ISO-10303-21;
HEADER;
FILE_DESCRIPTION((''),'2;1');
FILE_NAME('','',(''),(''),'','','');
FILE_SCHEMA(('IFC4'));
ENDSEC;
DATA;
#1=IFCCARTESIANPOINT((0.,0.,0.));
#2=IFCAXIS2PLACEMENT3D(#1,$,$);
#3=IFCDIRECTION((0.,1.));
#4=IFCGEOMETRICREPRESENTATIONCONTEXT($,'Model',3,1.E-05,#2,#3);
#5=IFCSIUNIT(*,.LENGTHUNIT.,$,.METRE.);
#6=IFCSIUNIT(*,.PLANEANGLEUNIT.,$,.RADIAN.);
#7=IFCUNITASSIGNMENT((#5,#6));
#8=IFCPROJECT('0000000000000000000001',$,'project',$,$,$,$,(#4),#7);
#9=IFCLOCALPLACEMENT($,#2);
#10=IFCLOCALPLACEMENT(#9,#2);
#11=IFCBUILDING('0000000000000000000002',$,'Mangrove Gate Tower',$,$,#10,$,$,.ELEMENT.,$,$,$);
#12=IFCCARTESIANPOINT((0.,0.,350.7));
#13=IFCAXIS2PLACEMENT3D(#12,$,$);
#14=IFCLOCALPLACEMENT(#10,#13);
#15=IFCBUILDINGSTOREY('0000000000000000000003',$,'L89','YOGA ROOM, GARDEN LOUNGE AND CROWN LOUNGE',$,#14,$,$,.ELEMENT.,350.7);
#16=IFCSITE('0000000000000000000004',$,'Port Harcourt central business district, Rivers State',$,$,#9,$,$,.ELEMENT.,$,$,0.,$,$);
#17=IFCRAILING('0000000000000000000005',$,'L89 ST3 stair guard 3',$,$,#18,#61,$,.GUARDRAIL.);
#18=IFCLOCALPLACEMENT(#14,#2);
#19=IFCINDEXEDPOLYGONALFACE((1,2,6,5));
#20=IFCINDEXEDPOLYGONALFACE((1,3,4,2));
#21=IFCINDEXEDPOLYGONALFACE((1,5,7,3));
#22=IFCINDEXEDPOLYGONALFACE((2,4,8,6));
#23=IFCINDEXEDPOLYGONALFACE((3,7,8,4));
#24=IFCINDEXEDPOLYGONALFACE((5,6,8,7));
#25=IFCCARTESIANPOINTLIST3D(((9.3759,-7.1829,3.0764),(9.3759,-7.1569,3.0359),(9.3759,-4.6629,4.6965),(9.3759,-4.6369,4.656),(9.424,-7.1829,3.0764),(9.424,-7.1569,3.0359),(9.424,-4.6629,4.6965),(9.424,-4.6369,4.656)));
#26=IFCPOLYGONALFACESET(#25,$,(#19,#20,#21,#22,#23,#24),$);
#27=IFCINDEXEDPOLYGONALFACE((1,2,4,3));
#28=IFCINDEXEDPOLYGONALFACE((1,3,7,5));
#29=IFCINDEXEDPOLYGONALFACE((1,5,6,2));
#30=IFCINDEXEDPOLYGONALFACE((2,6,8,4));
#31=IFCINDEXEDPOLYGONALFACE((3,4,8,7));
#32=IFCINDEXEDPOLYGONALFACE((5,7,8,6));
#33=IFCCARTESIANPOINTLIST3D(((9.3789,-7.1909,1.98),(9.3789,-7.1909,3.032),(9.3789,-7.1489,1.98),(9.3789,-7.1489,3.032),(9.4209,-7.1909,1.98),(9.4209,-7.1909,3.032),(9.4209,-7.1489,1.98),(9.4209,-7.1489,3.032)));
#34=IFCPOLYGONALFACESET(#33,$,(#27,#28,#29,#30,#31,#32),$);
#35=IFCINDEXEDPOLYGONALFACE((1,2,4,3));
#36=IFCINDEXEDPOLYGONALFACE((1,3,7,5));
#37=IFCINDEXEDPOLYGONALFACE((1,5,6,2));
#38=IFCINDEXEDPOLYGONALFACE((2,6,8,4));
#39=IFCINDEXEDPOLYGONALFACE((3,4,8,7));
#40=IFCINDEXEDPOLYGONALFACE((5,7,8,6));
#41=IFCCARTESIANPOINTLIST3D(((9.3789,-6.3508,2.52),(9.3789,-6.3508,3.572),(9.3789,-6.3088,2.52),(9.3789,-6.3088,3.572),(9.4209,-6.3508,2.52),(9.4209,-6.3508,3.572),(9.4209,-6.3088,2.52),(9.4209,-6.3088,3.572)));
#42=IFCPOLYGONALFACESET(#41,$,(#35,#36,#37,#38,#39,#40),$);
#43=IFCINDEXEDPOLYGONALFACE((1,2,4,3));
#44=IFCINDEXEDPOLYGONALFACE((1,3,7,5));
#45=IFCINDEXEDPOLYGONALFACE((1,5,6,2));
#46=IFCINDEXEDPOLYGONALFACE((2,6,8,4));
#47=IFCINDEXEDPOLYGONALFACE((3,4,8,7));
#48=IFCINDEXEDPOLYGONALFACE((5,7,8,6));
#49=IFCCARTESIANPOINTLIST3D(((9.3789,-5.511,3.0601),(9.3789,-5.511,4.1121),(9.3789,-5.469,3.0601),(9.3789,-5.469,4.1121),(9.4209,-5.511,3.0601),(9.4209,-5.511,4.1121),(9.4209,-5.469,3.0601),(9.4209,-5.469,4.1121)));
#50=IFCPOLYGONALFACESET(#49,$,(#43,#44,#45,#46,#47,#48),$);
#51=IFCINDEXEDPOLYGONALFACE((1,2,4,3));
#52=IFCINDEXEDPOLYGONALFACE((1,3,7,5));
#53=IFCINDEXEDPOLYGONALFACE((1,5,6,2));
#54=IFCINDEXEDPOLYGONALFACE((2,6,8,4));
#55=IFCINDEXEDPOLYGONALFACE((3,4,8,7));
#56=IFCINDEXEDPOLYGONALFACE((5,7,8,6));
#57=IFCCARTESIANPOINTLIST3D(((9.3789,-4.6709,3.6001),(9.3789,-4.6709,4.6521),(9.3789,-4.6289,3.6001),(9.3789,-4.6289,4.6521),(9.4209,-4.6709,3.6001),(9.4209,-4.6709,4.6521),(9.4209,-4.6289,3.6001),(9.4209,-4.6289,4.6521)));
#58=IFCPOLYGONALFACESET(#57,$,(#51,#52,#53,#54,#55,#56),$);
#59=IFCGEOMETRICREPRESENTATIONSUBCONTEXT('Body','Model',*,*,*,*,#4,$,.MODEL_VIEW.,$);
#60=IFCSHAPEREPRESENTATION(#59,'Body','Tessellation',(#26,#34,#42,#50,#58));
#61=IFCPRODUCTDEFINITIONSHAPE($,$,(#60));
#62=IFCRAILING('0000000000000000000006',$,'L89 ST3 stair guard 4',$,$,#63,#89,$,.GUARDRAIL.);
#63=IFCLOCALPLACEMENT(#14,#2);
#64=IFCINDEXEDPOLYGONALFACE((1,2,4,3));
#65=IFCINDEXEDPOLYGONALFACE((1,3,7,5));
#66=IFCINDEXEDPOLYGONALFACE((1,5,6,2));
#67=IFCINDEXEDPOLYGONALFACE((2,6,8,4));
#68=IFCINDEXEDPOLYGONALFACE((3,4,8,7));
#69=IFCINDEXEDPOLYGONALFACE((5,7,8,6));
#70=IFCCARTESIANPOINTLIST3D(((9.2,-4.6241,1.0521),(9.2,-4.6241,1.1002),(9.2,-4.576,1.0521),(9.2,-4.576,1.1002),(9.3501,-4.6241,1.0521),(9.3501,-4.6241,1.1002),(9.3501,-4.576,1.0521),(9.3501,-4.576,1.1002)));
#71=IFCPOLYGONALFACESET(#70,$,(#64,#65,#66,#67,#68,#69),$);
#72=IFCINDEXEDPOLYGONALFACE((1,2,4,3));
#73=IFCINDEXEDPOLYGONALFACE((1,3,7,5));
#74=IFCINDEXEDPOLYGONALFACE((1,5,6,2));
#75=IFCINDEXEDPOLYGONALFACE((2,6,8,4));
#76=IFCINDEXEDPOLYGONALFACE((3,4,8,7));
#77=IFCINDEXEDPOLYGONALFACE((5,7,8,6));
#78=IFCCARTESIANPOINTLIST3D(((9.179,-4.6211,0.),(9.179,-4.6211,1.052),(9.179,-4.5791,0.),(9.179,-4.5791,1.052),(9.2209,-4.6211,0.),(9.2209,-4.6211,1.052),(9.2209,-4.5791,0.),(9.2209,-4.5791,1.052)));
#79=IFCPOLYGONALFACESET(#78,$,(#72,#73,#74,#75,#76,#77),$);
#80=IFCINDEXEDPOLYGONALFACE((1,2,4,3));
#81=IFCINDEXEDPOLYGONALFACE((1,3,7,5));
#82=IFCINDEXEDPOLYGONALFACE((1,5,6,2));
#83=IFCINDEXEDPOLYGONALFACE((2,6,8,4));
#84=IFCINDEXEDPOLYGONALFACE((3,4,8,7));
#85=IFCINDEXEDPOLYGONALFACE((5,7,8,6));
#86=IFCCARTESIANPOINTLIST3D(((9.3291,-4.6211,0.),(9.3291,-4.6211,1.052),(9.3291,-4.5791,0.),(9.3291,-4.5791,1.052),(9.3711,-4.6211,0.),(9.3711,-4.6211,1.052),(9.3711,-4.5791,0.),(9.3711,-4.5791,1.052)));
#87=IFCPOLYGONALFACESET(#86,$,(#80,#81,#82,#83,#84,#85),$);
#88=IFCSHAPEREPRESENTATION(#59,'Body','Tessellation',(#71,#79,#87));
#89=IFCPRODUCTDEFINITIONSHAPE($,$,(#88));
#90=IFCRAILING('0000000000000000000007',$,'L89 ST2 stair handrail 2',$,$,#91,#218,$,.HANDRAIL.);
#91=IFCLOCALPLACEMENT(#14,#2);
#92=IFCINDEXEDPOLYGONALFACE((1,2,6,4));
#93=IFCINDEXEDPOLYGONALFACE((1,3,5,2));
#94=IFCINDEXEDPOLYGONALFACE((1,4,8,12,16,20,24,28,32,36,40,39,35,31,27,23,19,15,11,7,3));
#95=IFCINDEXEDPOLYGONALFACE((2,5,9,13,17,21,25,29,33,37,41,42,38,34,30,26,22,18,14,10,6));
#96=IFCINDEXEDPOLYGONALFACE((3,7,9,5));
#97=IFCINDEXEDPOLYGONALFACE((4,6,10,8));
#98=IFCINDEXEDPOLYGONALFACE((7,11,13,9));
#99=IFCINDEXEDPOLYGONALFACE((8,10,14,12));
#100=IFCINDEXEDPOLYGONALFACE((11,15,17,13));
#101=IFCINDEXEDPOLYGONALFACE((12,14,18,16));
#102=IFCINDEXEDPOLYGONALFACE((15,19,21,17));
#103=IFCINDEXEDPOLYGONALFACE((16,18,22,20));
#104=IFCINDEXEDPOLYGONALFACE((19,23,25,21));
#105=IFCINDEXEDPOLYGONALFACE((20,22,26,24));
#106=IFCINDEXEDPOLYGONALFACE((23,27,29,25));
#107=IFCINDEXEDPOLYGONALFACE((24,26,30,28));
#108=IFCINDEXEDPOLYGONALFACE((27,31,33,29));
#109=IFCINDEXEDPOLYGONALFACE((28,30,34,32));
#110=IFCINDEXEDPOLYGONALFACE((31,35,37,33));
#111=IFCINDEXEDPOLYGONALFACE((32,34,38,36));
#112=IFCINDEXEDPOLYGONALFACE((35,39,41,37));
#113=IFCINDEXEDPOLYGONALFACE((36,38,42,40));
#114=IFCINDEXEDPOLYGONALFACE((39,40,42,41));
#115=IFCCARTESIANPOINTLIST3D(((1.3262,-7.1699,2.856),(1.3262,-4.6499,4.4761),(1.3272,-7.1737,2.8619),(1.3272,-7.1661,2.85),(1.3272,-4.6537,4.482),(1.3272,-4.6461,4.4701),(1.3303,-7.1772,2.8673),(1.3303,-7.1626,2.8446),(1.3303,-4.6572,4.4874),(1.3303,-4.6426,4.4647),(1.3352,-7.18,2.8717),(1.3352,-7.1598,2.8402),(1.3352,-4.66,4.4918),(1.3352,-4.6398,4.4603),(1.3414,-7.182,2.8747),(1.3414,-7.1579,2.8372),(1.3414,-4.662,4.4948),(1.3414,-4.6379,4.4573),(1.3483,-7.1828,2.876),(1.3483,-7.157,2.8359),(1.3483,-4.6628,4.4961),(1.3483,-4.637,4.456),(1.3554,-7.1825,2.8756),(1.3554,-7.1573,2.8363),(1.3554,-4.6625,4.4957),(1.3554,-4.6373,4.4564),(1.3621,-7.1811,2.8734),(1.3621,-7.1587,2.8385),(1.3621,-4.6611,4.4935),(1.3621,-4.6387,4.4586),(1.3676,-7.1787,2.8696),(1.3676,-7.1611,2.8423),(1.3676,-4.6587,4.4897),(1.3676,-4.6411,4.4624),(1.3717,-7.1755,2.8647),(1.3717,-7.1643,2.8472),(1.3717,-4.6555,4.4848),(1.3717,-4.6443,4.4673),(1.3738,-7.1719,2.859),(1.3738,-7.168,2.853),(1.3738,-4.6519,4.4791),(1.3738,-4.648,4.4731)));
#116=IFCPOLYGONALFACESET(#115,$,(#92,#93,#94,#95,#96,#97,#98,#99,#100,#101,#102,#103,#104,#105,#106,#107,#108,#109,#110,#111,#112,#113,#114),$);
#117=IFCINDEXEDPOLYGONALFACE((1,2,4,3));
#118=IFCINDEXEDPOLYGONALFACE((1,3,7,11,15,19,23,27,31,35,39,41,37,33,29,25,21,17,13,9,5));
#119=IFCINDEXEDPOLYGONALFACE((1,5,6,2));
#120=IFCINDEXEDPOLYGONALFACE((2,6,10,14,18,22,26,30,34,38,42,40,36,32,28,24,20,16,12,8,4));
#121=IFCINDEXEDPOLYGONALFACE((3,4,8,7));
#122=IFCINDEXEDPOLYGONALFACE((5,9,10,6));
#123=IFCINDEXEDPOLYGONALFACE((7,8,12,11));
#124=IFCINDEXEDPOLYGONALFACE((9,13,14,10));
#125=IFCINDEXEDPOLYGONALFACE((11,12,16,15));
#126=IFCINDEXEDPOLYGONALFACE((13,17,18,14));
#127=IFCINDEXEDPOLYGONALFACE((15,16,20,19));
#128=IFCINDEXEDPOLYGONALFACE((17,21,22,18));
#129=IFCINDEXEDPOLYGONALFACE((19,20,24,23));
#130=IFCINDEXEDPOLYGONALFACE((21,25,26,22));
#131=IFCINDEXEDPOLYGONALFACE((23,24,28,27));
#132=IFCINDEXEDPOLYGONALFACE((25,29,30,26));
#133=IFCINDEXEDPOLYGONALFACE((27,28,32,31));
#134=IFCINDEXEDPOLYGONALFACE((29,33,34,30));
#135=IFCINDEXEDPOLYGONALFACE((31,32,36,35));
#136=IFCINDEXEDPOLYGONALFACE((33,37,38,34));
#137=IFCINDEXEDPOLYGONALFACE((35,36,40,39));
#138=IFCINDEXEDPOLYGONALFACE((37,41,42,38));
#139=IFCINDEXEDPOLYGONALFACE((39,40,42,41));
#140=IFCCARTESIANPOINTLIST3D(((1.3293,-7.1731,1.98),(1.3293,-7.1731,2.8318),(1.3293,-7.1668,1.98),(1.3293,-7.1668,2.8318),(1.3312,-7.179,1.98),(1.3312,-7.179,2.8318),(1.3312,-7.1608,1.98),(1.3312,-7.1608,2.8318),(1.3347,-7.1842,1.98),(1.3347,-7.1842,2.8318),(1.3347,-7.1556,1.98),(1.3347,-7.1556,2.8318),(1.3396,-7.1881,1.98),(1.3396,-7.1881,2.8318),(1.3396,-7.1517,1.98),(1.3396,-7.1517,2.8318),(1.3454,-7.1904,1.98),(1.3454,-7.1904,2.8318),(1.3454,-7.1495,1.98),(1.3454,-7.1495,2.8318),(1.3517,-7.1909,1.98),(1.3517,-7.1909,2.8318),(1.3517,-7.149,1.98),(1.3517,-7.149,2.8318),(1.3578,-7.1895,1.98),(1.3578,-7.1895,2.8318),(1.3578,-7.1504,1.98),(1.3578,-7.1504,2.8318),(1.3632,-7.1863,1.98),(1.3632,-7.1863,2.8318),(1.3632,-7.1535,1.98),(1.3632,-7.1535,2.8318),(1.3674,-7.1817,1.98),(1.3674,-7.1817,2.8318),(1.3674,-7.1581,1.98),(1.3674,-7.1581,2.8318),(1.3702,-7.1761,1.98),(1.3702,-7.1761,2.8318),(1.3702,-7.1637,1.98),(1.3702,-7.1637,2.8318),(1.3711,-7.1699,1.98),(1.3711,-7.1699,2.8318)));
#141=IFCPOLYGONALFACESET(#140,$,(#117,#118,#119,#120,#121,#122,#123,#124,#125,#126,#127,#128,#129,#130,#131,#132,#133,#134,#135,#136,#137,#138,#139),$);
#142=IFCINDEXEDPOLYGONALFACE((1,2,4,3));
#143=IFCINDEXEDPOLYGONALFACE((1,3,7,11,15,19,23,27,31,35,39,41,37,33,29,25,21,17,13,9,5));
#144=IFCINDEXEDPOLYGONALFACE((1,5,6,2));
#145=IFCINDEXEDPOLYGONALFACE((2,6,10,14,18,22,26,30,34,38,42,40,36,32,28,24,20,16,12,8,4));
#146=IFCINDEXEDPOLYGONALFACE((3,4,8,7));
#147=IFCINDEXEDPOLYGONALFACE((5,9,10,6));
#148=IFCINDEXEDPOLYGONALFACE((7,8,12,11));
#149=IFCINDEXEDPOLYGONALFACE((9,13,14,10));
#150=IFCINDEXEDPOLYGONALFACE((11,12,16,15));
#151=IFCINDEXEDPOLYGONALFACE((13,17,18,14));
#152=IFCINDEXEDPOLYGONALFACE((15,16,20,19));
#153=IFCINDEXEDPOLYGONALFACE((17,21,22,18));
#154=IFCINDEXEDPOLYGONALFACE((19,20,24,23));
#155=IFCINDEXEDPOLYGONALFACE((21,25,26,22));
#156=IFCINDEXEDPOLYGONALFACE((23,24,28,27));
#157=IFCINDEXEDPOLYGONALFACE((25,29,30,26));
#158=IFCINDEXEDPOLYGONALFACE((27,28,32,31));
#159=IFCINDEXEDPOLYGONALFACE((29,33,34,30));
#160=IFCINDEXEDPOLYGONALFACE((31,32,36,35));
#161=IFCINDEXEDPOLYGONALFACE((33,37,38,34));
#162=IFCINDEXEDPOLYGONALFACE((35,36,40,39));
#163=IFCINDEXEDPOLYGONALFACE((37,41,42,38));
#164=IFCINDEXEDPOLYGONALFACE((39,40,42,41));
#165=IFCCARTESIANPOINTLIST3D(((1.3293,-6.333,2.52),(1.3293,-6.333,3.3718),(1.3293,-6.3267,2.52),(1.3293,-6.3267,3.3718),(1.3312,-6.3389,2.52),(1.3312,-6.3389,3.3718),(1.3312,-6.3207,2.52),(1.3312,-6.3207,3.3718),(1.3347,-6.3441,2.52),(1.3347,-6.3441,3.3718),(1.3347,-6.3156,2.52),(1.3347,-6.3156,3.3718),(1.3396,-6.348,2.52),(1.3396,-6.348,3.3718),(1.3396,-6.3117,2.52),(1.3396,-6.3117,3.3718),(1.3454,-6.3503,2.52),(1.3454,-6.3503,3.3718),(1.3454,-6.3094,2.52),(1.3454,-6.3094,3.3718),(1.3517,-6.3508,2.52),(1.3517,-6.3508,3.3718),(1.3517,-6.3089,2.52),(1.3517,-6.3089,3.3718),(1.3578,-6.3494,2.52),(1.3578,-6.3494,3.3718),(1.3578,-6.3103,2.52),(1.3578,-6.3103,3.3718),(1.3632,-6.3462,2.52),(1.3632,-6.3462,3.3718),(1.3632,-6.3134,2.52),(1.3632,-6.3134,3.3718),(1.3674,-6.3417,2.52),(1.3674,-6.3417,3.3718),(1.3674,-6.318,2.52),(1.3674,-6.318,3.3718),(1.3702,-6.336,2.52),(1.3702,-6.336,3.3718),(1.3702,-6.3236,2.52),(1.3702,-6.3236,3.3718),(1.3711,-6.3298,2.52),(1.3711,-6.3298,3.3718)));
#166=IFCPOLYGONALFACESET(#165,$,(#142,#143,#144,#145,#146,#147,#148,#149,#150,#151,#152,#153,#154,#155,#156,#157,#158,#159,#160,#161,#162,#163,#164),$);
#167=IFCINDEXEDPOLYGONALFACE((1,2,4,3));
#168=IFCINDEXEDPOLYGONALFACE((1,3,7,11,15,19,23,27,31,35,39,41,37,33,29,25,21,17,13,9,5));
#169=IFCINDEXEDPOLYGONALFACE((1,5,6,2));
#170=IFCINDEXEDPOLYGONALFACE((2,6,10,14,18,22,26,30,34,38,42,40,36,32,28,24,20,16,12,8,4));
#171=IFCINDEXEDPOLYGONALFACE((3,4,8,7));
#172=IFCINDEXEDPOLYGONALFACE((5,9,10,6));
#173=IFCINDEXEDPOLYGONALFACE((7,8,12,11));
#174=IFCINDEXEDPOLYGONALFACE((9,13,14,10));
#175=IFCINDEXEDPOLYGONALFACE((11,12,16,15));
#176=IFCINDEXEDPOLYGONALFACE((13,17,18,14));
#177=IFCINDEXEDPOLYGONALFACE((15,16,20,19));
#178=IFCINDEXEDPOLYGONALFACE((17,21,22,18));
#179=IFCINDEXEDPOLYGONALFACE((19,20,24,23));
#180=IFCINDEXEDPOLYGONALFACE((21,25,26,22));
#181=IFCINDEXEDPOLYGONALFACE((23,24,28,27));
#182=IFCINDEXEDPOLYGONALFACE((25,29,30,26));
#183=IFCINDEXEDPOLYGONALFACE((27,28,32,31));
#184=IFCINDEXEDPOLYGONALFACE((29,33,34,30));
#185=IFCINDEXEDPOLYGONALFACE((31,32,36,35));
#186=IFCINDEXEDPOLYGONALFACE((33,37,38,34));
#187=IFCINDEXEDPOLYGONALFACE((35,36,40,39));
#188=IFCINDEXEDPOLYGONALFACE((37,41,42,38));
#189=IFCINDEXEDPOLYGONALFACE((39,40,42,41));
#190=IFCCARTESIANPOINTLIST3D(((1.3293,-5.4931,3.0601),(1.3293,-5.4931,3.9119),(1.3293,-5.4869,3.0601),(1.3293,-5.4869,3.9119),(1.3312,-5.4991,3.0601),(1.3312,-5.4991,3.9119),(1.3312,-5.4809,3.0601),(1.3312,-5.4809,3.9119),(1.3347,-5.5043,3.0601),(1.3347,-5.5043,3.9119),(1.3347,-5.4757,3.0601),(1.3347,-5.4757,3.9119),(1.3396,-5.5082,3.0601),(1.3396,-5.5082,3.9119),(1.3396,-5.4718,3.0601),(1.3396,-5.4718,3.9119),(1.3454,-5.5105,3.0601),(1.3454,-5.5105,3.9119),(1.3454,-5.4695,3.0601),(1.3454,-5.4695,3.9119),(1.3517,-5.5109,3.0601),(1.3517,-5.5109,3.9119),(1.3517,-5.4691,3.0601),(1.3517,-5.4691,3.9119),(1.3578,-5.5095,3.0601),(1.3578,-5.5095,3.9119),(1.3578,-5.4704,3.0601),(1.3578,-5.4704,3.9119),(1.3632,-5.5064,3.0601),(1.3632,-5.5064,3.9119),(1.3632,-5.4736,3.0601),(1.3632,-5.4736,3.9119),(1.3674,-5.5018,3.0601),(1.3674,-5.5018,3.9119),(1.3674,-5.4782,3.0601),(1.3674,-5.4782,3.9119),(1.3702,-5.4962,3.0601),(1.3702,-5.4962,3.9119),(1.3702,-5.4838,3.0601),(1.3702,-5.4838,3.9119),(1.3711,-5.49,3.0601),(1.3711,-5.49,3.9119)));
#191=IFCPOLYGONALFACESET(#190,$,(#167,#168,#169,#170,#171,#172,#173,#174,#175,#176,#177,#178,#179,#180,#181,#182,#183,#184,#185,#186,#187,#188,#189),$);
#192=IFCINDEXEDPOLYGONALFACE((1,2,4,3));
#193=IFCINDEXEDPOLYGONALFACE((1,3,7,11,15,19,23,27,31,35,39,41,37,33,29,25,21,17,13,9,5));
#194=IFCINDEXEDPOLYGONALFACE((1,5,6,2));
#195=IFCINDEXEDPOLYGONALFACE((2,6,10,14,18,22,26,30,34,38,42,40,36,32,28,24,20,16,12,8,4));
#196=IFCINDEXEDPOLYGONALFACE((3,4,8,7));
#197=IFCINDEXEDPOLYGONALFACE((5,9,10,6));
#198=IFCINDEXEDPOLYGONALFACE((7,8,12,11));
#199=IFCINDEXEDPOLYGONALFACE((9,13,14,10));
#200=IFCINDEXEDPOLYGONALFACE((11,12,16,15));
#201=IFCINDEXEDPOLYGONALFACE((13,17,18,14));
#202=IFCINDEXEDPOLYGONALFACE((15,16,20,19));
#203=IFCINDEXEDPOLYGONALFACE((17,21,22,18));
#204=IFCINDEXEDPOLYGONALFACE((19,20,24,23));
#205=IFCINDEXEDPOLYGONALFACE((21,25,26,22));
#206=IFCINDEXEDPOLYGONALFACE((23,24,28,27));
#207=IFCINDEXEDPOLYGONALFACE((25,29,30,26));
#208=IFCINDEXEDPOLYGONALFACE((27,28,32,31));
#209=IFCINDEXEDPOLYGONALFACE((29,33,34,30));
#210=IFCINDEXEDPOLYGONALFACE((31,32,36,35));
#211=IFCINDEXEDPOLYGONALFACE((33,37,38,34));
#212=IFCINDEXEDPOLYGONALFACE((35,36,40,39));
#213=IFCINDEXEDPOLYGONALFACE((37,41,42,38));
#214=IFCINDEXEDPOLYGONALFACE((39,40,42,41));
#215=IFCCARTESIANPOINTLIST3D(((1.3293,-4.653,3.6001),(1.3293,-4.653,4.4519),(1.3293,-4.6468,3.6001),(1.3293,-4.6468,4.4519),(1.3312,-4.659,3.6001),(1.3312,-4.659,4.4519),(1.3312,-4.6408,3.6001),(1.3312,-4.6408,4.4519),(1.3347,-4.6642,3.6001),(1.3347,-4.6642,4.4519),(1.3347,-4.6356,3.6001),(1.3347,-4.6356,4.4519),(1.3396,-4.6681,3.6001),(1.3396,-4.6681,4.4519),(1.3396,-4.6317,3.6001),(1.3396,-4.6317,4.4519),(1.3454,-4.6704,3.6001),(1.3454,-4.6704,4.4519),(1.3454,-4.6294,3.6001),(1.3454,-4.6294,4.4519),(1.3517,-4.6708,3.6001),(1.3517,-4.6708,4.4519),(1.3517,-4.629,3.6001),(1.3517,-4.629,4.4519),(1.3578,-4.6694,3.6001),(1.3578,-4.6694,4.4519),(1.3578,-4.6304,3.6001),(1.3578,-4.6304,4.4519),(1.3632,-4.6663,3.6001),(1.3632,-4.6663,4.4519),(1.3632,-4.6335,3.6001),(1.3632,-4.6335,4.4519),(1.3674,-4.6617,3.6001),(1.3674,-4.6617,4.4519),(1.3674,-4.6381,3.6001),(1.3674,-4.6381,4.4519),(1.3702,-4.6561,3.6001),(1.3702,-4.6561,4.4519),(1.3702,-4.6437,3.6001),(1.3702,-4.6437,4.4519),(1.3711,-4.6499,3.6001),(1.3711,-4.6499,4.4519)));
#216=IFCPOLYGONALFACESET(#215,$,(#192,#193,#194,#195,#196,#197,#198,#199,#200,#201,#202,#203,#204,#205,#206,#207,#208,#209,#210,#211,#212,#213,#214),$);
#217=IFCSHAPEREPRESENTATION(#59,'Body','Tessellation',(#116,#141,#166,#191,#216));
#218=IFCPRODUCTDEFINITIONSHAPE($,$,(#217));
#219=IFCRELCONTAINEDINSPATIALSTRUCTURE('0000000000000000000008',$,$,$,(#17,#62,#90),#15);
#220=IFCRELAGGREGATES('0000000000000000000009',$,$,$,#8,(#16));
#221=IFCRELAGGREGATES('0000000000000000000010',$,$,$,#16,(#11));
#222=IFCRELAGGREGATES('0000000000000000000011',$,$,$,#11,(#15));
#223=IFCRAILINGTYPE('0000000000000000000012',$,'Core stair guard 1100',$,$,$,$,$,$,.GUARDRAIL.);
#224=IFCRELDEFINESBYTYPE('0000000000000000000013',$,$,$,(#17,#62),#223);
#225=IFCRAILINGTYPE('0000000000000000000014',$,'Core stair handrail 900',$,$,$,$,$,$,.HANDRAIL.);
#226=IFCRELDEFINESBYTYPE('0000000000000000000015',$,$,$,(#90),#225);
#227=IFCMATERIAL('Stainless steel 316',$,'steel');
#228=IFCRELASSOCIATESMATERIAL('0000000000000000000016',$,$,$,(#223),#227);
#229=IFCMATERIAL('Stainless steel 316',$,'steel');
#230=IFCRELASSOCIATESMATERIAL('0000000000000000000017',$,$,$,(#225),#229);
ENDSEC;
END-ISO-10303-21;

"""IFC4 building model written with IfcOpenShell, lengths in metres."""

from ifc_helpers import new_model, si_unit, direction, frame, origin, origin_2d, place, context, subcontext, project, spatial, rectangle, circle, extrude, material, type_object, element, save


model = new_model("IFC4")

# Units and contexts
model_context = context("Model", 3, precision=1e-05, world=origin(), true_north=direction((0.0, 1.0)))
body_context = subcontext(model_context, "Body", "Model", "MODEL_VIEW")
ifc_project = project(units=[si_unit("LENGTHUNIT", "METRE"), si_unit("PLANEANGLEUNIT", "RADIAN")], contexts=[model_context])

# Site, building, storey
site_placement = place(None, origin())
site = spatial("IfcSite", under=ifc_project, at=site_placement, Name="Port Harcourt central business district, Rivers State", CompositionType="ELEMENT", RefElevation=0.0)
building_placement = place(site_placement, origin())
building = spatial("IfcBuilding", under=site, at=building_placement, Name="Mangrove Gate Tower", CompositionType="ELEMENT")
storey_placement = place(building_placement, frame((0.0, 0.0, 350.7)))
storey = spatial("IfcBuildingStorey", under=building, at=storey_placement, Name="L89", Description="YOGA ROOM, GARDEN LOUNGE AND CROWN LOUNGE", CompositionType="ELEMENT", Elevation=350.7)

# Railings
ifc_material_1 = material(Name="Stainless steel 316", Category="steel")
railing_type_1 = type_object("IfcRailingType", Name="Core stair guard 1100", PredefinedType="GUARDRAIL", material=ifc_material_1)
railing_1_placement = place(storey_placement, frame((9.3999, -7.1699, 1.98)))
element("IfcRailing", 1, at=railing_1_placement, inside=storey, type_object=railing_type_1, Name="L89 ST3 stair guard 3", PredefinedType="GUARDRAIL", context=body_context, shape_type="SweptSolid", body=[
    extrude(rectangle(XDim=0.0481, YDim=0.0481, at=origin_2d()), frame((0.0, 0.0, 1.0762), z_axis=(0.0, 0.841163, 0.540782), x_axis=(-1.0, 0.0, 0.0)), (0.0, 0.0, 1.0), 2.9958),
    extrude(rectangle(XDim=0.042, YDim=0.042, at=origin_2d()), origin(), (0.0, 0.0, 1.0), 1.052),
    extrude(rectangle(XDim=0.042, YDim=0.042, at=origin_2d()), frame((0.0, 0.8401, 0.54)), (0.0, 0.0, 1.0), 1.052),
    extrude(rectangle(XDim=0.042, YDim=0.042, at=origin_2d()), frame((0.0, 1.6799, 1.0801)), (0.0, 0.0, 1.0), 1.052),
    extrude(rectangle(XDim=0.042, YDim=0.042, at=origin_2d()), frame((0.0, 2.52, 1.6201)), (0.0, 0.0, 1.0), 1.052),
])
railing_2_placement = place(storey_placement, frame((9.2, -4.6001, 0.0)))
element("IfcRailing", 2, at=railing_2_placement, inside=storey, type_object=railing_type_1, Name="L89 ST3 stair guard 4", PredefinedType="GUARDRAIL", context=body_context, shape_type="SweptSolid", body=[
    extrude(rectangle(XDim=0.0481, YDim=0.0481, at=origin_2d()), frame((0.0, 0.0, 1.0762), z_axis=(1.0, 0.0, 0.0), x_axis=(0.0, 1.0, 0.0)), (0.0, 0.0, 1.0), 0.1501),
    extrude(rectangle(XDim=0.042, YDim=0.042, at=origin_2d()), origin(), (0.0, 0.0, 1.0), 1.052),
    extrude(rectangle(XDim=0.042, YDim=0.042, at=origin_2d()), frame((0.1501, 0.0, 0.0)), (0.0, 0.0, 1.0), 1.052),
])
ifc_material_2 = material(Name="Stainless steel 316", Category="steel")
railing_type_2 = type_object("IfcRailingType", Name="Core stair handrail 900", PredefinedType="HANDRAIL", material=ifc_material_2)
railing_3_placement = place(storey_placement, frame((1.3501, -7.1699, 1.98)))
element("IfcRailing", 3, at=railing_3_placement, inside=storey, type_object=railing_type_2, Name="L89 ST2 stair handrail 2", PredefinedType="HANDRAIL", context=body_context, shape_type="SweptSolid", body=[
    extrude(circle(Radius=0.0239, at=origin_2d()), frame((0.0, 0.0, 0.876), z_axis=(0.0, 0.841163, 0.540782), x_axis=(-1.0, 0.0, 0.0)), (0.0, 0.0, 1.0), 2.9958),
    extrude(circle(Radius=0.021, at=origin_2d()), origin(), (0.0, 0.0, 1.0), 0.8518),
    extrude(circle(Radius=0.021, at=origin_2d()), frame((0.0, 0.8401, 0.54)), (0.0, 0.0, 1.0), 0.8518),
    extrude(circle(Radius=0.021, at=origin_2d()), frame((0.0, 1.6799, 1.0801)), (0.0, 0.0, 1.0), 0.8518),
    extrude(circle(Radius=0.021, at=origin_2d()), frame((0.0, 2.52, 1.6201)), (0.0, 0.0, 1.0), 0.8518),
])

save(model, "model.ifc")
